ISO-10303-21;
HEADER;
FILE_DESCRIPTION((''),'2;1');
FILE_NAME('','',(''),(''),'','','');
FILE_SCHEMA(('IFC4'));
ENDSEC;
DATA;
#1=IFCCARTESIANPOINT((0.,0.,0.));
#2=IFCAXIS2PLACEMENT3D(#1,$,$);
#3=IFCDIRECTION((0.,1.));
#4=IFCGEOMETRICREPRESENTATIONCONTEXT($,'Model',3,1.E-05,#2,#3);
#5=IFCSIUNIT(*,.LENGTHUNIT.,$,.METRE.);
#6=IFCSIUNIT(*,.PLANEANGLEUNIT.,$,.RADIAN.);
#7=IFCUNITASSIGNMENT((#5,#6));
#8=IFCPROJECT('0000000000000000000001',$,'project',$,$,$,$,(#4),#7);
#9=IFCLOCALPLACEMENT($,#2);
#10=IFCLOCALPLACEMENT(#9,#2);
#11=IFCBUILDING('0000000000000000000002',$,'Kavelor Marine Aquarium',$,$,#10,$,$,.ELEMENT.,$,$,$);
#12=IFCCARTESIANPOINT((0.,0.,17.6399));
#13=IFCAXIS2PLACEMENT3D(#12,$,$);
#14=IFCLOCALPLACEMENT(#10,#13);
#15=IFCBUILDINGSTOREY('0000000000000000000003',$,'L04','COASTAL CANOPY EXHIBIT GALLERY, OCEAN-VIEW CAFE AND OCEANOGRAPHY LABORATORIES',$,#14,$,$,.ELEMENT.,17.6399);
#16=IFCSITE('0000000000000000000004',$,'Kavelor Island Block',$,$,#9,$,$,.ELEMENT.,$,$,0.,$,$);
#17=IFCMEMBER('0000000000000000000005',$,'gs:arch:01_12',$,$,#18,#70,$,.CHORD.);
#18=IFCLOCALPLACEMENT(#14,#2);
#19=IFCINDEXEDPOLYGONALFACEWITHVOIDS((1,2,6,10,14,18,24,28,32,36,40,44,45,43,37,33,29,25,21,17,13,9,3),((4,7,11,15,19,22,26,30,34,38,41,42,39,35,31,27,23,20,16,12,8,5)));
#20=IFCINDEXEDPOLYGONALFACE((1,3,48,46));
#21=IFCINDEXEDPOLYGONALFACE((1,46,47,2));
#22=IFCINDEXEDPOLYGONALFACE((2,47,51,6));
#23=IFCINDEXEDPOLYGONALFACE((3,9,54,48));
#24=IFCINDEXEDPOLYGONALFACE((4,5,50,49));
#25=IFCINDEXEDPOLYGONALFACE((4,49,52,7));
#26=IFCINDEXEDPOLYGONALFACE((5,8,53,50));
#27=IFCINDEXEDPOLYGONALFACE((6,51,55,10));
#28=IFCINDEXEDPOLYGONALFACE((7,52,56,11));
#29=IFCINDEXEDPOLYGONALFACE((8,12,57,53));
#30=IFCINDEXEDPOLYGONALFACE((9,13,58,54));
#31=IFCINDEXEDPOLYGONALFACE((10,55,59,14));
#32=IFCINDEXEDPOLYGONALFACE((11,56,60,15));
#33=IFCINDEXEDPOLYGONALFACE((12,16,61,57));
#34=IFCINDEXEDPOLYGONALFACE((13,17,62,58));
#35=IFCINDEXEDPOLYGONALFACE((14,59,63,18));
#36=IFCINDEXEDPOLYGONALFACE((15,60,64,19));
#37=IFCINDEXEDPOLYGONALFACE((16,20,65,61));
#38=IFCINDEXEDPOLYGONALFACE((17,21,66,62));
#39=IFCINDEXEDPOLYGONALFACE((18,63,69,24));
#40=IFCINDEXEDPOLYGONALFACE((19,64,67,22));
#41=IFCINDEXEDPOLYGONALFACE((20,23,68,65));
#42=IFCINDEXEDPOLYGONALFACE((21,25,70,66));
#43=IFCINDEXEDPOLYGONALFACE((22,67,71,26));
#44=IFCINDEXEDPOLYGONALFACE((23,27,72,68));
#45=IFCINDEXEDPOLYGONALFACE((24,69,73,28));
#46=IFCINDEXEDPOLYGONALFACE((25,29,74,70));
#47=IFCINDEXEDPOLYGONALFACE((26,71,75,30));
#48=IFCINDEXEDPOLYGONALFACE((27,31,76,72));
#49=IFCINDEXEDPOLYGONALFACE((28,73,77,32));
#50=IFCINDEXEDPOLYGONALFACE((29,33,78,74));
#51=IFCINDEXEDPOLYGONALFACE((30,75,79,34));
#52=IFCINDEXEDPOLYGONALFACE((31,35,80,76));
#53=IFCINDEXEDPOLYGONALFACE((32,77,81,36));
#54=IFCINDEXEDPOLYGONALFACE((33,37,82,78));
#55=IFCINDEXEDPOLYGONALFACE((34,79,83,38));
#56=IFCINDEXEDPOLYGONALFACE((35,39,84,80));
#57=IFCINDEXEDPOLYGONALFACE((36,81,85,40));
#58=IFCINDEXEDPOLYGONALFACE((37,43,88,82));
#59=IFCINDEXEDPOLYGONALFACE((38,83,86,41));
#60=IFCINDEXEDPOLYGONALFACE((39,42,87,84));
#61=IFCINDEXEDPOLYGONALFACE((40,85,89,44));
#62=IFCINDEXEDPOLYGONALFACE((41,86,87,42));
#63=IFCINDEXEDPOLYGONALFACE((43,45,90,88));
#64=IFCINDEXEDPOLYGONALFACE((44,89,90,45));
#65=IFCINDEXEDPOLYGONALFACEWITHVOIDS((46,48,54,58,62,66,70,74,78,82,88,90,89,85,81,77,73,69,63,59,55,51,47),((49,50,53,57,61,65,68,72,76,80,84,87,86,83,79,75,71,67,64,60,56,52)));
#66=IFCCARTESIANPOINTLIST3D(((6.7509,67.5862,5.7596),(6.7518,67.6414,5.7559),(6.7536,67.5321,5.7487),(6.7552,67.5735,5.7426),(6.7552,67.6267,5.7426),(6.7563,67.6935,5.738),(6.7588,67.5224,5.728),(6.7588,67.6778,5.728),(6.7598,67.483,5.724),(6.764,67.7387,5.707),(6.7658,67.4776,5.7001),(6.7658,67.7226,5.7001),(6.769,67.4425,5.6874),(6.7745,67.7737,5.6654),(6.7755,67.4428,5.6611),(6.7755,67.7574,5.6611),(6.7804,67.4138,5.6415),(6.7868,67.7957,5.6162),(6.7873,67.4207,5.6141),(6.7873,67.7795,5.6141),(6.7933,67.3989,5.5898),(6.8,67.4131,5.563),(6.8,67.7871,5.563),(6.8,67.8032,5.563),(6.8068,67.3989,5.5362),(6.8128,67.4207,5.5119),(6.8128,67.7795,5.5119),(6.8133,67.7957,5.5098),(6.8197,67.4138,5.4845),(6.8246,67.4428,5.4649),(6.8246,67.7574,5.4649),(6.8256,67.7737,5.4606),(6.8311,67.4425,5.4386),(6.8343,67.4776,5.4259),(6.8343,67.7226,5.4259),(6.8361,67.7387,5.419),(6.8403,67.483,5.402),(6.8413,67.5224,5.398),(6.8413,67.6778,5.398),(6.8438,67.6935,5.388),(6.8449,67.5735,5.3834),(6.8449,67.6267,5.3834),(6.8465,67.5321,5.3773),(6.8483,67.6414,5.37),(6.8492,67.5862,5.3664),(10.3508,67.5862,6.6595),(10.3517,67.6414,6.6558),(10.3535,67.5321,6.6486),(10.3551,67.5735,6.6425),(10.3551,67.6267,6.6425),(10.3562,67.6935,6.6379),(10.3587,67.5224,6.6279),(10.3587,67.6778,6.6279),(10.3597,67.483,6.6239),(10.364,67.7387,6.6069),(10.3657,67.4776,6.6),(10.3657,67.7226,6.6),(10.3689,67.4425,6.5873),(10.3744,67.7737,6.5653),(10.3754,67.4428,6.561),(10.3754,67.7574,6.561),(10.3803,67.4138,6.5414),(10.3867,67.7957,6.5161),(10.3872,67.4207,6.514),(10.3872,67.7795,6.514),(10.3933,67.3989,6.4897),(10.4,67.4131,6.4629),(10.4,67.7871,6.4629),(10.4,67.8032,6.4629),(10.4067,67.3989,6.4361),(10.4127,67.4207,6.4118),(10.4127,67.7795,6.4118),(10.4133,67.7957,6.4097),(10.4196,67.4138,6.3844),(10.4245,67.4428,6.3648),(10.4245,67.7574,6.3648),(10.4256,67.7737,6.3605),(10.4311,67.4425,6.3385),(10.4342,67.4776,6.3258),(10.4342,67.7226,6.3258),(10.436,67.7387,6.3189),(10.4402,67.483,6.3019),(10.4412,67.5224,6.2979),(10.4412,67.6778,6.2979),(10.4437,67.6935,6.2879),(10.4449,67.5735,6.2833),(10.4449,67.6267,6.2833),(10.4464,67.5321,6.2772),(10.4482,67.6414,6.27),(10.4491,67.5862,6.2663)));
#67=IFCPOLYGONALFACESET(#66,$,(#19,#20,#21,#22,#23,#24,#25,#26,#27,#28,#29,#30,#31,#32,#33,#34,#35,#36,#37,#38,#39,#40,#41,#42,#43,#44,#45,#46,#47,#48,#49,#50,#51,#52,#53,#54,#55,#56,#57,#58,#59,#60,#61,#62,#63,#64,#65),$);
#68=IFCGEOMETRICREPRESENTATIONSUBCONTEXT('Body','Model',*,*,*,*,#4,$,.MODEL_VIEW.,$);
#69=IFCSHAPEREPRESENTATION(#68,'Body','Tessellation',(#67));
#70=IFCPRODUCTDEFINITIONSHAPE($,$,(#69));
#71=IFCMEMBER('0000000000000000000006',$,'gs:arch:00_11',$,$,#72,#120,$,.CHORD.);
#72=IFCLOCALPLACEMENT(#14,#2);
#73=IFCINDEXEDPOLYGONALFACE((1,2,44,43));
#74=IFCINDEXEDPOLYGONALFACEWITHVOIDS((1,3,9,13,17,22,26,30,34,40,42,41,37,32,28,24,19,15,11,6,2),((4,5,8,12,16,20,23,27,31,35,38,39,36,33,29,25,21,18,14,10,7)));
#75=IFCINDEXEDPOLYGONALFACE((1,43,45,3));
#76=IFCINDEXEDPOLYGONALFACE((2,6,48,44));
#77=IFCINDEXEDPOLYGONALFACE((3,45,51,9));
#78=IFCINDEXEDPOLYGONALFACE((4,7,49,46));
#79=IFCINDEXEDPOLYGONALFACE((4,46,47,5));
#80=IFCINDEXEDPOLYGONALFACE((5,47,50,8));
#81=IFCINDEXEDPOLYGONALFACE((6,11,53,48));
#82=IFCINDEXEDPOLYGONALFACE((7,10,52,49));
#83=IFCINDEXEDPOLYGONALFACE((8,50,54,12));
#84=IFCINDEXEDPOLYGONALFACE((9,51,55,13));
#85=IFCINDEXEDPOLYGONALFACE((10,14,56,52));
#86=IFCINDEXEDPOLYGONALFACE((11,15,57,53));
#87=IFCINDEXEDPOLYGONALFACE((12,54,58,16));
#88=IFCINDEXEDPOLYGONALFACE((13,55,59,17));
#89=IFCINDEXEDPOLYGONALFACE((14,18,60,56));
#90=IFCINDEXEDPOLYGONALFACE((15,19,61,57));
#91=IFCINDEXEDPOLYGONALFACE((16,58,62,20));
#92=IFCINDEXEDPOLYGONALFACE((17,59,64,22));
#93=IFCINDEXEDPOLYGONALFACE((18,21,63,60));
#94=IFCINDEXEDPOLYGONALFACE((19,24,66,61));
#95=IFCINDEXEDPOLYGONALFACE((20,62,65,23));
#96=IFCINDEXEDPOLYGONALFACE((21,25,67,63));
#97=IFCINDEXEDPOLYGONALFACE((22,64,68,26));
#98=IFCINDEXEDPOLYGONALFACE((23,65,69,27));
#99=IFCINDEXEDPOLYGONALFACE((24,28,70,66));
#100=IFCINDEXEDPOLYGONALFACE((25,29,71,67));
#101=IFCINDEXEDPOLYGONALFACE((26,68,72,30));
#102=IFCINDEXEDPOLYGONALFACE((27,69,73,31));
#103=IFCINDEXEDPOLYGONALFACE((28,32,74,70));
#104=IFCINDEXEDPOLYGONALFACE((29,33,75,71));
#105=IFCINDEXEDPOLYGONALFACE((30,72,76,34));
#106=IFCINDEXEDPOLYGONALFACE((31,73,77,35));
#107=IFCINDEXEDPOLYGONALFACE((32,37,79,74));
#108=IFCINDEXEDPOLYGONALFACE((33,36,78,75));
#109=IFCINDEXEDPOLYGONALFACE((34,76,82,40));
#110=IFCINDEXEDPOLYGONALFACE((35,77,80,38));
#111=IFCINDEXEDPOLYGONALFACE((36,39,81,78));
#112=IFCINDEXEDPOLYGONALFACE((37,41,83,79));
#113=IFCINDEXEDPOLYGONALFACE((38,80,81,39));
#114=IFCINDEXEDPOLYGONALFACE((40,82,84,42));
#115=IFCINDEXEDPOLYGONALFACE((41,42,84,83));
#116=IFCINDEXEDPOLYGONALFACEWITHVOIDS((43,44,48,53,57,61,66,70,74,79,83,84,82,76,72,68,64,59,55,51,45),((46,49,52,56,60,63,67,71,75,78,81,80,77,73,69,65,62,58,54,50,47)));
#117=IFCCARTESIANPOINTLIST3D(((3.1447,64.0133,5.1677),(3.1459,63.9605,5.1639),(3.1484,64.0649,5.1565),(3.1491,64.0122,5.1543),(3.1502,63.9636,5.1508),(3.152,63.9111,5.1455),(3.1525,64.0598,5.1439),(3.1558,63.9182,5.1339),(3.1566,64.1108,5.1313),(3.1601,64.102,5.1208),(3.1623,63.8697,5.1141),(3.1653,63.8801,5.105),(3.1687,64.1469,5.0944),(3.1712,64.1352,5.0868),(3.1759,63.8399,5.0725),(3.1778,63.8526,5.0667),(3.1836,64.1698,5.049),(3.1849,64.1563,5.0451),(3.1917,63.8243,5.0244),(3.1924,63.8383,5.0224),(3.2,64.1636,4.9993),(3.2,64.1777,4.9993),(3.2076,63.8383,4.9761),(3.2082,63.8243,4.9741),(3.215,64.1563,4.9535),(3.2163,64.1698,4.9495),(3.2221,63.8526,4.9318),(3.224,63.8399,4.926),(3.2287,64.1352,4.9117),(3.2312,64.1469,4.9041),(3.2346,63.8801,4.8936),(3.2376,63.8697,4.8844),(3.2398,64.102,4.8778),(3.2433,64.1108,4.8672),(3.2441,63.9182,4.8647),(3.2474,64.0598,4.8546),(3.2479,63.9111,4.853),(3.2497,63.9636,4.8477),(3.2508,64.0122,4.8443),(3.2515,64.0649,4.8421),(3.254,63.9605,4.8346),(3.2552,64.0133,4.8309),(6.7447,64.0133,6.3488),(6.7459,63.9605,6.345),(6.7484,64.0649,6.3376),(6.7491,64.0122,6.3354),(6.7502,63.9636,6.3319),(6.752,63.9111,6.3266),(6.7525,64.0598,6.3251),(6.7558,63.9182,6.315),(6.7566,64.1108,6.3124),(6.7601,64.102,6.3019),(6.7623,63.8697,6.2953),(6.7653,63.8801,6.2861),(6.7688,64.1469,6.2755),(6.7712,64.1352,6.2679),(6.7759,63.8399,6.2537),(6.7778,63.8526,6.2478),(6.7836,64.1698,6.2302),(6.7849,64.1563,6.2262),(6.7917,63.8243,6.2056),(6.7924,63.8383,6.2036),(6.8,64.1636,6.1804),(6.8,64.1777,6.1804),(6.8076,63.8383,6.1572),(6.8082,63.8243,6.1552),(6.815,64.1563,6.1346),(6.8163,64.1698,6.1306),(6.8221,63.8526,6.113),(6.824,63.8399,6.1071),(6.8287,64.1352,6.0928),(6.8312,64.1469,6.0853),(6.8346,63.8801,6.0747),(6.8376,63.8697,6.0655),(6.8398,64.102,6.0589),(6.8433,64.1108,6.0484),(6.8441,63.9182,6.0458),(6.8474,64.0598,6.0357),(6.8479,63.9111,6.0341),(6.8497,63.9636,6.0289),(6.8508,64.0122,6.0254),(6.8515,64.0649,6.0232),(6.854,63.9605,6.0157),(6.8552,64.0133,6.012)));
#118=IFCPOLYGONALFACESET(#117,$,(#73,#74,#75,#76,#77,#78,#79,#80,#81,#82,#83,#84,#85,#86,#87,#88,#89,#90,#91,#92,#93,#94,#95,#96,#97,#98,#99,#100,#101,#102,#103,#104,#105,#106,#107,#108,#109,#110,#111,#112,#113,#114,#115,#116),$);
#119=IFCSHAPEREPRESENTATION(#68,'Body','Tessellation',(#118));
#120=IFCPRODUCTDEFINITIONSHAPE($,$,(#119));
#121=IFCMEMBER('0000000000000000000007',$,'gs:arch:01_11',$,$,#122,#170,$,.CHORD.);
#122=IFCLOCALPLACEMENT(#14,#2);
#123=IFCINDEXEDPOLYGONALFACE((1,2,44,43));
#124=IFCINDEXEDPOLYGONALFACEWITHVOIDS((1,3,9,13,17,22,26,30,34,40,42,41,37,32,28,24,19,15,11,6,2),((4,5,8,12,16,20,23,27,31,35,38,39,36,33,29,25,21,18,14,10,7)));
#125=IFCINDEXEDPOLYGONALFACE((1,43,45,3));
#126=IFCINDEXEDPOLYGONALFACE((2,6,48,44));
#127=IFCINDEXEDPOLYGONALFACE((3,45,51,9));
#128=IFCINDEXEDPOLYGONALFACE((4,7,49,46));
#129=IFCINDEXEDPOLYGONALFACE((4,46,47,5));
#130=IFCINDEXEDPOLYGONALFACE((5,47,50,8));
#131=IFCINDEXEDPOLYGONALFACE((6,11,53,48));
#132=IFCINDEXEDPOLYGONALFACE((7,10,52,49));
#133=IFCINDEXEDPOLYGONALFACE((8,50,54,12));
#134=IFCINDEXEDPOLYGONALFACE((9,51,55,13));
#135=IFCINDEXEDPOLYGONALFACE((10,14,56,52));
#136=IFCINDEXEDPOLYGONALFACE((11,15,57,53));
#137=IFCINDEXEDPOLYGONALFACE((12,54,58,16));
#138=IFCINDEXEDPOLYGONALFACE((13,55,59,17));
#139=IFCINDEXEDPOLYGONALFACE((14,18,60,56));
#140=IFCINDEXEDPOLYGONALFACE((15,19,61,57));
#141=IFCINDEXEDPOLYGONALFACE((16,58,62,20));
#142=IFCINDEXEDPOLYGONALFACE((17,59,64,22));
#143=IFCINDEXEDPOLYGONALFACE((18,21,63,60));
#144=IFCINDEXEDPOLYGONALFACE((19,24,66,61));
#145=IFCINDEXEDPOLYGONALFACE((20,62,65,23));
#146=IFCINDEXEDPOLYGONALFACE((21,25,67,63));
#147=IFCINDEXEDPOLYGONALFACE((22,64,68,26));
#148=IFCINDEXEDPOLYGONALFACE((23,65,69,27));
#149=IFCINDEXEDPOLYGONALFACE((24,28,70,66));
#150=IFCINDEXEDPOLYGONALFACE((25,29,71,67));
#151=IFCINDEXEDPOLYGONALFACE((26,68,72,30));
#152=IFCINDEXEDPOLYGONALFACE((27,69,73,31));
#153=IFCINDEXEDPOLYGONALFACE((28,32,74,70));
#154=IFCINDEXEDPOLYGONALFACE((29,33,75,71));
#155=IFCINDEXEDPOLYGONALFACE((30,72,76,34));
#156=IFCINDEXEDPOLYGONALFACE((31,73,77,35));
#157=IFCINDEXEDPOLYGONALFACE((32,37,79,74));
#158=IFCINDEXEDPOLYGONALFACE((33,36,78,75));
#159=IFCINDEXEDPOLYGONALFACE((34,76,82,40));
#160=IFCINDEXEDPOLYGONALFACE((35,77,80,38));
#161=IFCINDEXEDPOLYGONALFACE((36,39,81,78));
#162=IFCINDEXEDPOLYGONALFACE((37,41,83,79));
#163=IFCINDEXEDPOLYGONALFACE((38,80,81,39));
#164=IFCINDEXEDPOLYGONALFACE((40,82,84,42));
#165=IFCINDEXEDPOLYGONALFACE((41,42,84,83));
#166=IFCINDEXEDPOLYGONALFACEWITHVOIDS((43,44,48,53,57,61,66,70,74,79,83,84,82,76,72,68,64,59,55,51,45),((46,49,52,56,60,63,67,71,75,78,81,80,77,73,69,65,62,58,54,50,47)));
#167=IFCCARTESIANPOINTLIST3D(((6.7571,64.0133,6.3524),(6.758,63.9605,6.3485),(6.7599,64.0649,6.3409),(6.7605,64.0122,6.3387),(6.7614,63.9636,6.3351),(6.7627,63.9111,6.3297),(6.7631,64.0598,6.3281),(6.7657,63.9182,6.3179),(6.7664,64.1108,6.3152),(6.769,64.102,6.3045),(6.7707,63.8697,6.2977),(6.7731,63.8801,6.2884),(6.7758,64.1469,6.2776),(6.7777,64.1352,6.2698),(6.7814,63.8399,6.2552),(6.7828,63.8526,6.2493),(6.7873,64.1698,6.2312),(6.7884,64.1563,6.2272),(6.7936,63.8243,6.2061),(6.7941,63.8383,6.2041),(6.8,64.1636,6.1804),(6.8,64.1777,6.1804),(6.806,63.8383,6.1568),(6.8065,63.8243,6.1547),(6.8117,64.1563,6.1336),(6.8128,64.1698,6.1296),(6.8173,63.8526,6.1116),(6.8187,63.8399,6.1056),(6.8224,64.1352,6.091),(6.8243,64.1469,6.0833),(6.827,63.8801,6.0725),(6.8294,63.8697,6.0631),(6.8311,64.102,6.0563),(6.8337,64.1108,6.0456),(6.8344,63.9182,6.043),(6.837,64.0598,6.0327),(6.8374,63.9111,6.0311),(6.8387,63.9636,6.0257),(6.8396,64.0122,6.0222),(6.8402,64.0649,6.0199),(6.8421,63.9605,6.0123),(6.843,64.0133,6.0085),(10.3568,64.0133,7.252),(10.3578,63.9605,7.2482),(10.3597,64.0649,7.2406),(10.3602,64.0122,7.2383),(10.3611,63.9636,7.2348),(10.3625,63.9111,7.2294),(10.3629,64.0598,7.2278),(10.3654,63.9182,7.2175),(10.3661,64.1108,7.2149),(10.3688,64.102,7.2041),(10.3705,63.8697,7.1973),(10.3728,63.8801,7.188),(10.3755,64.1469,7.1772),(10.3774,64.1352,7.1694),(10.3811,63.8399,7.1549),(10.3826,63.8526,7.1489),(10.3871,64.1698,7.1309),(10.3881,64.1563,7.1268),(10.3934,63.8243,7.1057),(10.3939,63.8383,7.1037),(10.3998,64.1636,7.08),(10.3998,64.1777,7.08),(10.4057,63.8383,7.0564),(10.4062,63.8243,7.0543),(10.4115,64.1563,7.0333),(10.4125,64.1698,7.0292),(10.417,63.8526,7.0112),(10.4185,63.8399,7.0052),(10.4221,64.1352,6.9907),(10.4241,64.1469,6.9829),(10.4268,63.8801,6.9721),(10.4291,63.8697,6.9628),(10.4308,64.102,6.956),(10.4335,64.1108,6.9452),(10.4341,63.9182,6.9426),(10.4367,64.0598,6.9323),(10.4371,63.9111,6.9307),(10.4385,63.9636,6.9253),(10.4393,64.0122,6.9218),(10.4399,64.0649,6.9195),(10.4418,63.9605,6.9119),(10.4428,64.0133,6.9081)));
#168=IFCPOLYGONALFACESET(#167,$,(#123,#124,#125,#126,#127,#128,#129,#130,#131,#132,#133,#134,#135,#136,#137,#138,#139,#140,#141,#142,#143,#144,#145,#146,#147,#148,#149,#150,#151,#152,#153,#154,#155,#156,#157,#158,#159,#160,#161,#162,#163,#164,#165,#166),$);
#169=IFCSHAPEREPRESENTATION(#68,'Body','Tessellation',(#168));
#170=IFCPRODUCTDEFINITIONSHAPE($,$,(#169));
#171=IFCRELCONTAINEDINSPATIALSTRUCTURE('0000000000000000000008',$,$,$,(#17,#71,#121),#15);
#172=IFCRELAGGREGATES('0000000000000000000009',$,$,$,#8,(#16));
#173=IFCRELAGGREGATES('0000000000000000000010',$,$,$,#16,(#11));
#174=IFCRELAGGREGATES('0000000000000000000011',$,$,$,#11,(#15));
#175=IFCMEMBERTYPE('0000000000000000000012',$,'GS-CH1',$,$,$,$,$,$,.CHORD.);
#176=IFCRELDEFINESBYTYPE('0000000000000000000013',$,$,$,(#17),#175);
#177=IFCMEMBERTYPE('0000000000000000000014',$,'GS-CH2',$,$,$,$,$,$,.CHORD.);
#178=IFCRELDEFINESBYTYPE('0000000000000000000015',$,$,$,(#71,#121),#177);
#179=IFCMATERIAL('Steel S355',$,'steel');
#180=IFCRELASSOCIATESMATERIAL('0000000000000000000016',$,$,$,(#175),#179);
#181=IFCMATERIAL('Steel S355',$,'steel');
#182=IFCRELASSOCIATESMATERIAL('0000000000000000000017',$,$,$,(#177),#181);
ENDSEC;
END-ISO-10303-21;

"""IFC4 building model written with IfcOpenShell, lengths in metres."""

from ifc_helpers import new_model, si_unit, direction, frame, origin, origin_2d, place, context, subcontext, project, spatial, hollow_circle, extrude, material, material_profile, profile_set, type_object, element, save


model = new_model("IFC4")

# Units and contexts
model_context = context("Model", 3, precision=1e-05, world=origin(), true_north=direction((0.0, 1.0)))
body_context = subcontext(model_context, "Body", "Model", "MODEL_VIEW")
ifc_project = project(units=[si_unit("LENGTHUNIT", "METRE"), si_unit("PLANEANGLEUNIT", "RADIAN")], contexts=[model_context])

# Site, building, storey
site_placement = place(None, origin())
site = spatial("IfcSite", under=ifc_project, at=site_placement, Name="Kavelor Island Block", CompositionType="ELEMENT", RefElevation=0.0)
building_placement = place(site_placement, origin())
building = spatial("IfcBuilding", under=site, at=building_placement, Name="Kavelor Marine Aquarium", CompositionType="ELEMENT")
storey_placement = place(building_placement, frame((0.0, 0.0, 17.6399)))
storey = spatial("IfcBuildingStorey", under=building, at=storey_placement, Name="L04", Description="COASTAL CANOPY EXHIBIT GALLERY, OCEAN-VIEW CAFE AND OCEANOGRAPHY LABORATORIES", CompositionType="ELEMENT", Elevation=17.6399)

# Members
ifc_material_1 = material(Name="Steel S355", Category="steel")
ifc_material_profile_1 = material_profile(ifc_material_1, hollow_circle(Radius=0.2031, WallThickness=0.0161, at=origin_2d()), Name="CHS 406.4x16.0")
ifc_profile_set_1 = profile_set([ifc_material_profile_1], Name="Steel S355")
member_type_1 = type_object("IfcMemberType", Name="GS-CH1", PredefinedType="CHORD", material=ifc_profile_set_1)
member_1_placement = place(storey_placement, frame((6.8, 67.6001, 5.563), z_axis=(0.970146, 0.0, 0.24252), x_axis=(0.0, 1.0, 0.0)))
element("IfcMember", 1, at=member_1_placement, inside=storey, type_object=member_type_1, Name="gs:arch:01_12", PredefinedType="CHORD", context=body_context, shape_type="SweptSolid", body=[
    extrude(hollow_circle(Radius=0.2031, WallThickness=0.0161, at=origin_2d()), origin(), (0.0, 0.0, 1.0), 3.7107),
])
ifc_material_2 = material(Name="Steel S355", Category="steel")
ifc_material_profile_2 = material_profile(ifc_material_2, hollow_circle(Radius=0.1777, WallThickness=0.0142, at=origin_2d()), Name="CHS 355.6x14.2")
ifc_profile_set_2 = profile_set([ifc_material_profile_2], Name="Steel S355")
member_type_2 = type_object("IfcMemberType", Name="GS-CH2", PredefinedType="CHORD", material=ifc_profile_set_2)
member_2_placement = place(storey_placement, frame((3.2, 64.0, 4.9993), z_axis=(0.950168, 0.0, 0.31174), x_axis=(0.0, 1.0, 0.0)))
element("IfcMember", 2, at=member_2_placement, inside=storey, type_object=member_type_2, Name="gs:arch:00_11", PredefinedType="CHORD", context=body_context, shape_type="SweptSolid", body=[
    extrude(hollow_circle(Radius=0.1777, WallThickness=0.0142, at=origin_2d()), origin(), (0.0, 0.0, 1.0), 3.7888),
])
member_3_placement = place(storey_placement, frame((6.8, 64.0, 6.1804), z_axis=(0.970162, 0.0, 0.242458), x_axis=(0.0, 1.0, 0.0)))
element("IfcMember", 3, at=member_3_placement, inside=storey, type_object=member_type_2, Name="gs:arch:01_11", PredefinedType="CHORD", context=body_context, shape_type="SweptSolid", body=[
    extrude(hollow_circle(Radius=0.1777, WallThickness=0.0142, at=origin_2d()), origin(), (0.0, 0.0, 1.0), 3.7104),
])

save(model, "model.ifc")
